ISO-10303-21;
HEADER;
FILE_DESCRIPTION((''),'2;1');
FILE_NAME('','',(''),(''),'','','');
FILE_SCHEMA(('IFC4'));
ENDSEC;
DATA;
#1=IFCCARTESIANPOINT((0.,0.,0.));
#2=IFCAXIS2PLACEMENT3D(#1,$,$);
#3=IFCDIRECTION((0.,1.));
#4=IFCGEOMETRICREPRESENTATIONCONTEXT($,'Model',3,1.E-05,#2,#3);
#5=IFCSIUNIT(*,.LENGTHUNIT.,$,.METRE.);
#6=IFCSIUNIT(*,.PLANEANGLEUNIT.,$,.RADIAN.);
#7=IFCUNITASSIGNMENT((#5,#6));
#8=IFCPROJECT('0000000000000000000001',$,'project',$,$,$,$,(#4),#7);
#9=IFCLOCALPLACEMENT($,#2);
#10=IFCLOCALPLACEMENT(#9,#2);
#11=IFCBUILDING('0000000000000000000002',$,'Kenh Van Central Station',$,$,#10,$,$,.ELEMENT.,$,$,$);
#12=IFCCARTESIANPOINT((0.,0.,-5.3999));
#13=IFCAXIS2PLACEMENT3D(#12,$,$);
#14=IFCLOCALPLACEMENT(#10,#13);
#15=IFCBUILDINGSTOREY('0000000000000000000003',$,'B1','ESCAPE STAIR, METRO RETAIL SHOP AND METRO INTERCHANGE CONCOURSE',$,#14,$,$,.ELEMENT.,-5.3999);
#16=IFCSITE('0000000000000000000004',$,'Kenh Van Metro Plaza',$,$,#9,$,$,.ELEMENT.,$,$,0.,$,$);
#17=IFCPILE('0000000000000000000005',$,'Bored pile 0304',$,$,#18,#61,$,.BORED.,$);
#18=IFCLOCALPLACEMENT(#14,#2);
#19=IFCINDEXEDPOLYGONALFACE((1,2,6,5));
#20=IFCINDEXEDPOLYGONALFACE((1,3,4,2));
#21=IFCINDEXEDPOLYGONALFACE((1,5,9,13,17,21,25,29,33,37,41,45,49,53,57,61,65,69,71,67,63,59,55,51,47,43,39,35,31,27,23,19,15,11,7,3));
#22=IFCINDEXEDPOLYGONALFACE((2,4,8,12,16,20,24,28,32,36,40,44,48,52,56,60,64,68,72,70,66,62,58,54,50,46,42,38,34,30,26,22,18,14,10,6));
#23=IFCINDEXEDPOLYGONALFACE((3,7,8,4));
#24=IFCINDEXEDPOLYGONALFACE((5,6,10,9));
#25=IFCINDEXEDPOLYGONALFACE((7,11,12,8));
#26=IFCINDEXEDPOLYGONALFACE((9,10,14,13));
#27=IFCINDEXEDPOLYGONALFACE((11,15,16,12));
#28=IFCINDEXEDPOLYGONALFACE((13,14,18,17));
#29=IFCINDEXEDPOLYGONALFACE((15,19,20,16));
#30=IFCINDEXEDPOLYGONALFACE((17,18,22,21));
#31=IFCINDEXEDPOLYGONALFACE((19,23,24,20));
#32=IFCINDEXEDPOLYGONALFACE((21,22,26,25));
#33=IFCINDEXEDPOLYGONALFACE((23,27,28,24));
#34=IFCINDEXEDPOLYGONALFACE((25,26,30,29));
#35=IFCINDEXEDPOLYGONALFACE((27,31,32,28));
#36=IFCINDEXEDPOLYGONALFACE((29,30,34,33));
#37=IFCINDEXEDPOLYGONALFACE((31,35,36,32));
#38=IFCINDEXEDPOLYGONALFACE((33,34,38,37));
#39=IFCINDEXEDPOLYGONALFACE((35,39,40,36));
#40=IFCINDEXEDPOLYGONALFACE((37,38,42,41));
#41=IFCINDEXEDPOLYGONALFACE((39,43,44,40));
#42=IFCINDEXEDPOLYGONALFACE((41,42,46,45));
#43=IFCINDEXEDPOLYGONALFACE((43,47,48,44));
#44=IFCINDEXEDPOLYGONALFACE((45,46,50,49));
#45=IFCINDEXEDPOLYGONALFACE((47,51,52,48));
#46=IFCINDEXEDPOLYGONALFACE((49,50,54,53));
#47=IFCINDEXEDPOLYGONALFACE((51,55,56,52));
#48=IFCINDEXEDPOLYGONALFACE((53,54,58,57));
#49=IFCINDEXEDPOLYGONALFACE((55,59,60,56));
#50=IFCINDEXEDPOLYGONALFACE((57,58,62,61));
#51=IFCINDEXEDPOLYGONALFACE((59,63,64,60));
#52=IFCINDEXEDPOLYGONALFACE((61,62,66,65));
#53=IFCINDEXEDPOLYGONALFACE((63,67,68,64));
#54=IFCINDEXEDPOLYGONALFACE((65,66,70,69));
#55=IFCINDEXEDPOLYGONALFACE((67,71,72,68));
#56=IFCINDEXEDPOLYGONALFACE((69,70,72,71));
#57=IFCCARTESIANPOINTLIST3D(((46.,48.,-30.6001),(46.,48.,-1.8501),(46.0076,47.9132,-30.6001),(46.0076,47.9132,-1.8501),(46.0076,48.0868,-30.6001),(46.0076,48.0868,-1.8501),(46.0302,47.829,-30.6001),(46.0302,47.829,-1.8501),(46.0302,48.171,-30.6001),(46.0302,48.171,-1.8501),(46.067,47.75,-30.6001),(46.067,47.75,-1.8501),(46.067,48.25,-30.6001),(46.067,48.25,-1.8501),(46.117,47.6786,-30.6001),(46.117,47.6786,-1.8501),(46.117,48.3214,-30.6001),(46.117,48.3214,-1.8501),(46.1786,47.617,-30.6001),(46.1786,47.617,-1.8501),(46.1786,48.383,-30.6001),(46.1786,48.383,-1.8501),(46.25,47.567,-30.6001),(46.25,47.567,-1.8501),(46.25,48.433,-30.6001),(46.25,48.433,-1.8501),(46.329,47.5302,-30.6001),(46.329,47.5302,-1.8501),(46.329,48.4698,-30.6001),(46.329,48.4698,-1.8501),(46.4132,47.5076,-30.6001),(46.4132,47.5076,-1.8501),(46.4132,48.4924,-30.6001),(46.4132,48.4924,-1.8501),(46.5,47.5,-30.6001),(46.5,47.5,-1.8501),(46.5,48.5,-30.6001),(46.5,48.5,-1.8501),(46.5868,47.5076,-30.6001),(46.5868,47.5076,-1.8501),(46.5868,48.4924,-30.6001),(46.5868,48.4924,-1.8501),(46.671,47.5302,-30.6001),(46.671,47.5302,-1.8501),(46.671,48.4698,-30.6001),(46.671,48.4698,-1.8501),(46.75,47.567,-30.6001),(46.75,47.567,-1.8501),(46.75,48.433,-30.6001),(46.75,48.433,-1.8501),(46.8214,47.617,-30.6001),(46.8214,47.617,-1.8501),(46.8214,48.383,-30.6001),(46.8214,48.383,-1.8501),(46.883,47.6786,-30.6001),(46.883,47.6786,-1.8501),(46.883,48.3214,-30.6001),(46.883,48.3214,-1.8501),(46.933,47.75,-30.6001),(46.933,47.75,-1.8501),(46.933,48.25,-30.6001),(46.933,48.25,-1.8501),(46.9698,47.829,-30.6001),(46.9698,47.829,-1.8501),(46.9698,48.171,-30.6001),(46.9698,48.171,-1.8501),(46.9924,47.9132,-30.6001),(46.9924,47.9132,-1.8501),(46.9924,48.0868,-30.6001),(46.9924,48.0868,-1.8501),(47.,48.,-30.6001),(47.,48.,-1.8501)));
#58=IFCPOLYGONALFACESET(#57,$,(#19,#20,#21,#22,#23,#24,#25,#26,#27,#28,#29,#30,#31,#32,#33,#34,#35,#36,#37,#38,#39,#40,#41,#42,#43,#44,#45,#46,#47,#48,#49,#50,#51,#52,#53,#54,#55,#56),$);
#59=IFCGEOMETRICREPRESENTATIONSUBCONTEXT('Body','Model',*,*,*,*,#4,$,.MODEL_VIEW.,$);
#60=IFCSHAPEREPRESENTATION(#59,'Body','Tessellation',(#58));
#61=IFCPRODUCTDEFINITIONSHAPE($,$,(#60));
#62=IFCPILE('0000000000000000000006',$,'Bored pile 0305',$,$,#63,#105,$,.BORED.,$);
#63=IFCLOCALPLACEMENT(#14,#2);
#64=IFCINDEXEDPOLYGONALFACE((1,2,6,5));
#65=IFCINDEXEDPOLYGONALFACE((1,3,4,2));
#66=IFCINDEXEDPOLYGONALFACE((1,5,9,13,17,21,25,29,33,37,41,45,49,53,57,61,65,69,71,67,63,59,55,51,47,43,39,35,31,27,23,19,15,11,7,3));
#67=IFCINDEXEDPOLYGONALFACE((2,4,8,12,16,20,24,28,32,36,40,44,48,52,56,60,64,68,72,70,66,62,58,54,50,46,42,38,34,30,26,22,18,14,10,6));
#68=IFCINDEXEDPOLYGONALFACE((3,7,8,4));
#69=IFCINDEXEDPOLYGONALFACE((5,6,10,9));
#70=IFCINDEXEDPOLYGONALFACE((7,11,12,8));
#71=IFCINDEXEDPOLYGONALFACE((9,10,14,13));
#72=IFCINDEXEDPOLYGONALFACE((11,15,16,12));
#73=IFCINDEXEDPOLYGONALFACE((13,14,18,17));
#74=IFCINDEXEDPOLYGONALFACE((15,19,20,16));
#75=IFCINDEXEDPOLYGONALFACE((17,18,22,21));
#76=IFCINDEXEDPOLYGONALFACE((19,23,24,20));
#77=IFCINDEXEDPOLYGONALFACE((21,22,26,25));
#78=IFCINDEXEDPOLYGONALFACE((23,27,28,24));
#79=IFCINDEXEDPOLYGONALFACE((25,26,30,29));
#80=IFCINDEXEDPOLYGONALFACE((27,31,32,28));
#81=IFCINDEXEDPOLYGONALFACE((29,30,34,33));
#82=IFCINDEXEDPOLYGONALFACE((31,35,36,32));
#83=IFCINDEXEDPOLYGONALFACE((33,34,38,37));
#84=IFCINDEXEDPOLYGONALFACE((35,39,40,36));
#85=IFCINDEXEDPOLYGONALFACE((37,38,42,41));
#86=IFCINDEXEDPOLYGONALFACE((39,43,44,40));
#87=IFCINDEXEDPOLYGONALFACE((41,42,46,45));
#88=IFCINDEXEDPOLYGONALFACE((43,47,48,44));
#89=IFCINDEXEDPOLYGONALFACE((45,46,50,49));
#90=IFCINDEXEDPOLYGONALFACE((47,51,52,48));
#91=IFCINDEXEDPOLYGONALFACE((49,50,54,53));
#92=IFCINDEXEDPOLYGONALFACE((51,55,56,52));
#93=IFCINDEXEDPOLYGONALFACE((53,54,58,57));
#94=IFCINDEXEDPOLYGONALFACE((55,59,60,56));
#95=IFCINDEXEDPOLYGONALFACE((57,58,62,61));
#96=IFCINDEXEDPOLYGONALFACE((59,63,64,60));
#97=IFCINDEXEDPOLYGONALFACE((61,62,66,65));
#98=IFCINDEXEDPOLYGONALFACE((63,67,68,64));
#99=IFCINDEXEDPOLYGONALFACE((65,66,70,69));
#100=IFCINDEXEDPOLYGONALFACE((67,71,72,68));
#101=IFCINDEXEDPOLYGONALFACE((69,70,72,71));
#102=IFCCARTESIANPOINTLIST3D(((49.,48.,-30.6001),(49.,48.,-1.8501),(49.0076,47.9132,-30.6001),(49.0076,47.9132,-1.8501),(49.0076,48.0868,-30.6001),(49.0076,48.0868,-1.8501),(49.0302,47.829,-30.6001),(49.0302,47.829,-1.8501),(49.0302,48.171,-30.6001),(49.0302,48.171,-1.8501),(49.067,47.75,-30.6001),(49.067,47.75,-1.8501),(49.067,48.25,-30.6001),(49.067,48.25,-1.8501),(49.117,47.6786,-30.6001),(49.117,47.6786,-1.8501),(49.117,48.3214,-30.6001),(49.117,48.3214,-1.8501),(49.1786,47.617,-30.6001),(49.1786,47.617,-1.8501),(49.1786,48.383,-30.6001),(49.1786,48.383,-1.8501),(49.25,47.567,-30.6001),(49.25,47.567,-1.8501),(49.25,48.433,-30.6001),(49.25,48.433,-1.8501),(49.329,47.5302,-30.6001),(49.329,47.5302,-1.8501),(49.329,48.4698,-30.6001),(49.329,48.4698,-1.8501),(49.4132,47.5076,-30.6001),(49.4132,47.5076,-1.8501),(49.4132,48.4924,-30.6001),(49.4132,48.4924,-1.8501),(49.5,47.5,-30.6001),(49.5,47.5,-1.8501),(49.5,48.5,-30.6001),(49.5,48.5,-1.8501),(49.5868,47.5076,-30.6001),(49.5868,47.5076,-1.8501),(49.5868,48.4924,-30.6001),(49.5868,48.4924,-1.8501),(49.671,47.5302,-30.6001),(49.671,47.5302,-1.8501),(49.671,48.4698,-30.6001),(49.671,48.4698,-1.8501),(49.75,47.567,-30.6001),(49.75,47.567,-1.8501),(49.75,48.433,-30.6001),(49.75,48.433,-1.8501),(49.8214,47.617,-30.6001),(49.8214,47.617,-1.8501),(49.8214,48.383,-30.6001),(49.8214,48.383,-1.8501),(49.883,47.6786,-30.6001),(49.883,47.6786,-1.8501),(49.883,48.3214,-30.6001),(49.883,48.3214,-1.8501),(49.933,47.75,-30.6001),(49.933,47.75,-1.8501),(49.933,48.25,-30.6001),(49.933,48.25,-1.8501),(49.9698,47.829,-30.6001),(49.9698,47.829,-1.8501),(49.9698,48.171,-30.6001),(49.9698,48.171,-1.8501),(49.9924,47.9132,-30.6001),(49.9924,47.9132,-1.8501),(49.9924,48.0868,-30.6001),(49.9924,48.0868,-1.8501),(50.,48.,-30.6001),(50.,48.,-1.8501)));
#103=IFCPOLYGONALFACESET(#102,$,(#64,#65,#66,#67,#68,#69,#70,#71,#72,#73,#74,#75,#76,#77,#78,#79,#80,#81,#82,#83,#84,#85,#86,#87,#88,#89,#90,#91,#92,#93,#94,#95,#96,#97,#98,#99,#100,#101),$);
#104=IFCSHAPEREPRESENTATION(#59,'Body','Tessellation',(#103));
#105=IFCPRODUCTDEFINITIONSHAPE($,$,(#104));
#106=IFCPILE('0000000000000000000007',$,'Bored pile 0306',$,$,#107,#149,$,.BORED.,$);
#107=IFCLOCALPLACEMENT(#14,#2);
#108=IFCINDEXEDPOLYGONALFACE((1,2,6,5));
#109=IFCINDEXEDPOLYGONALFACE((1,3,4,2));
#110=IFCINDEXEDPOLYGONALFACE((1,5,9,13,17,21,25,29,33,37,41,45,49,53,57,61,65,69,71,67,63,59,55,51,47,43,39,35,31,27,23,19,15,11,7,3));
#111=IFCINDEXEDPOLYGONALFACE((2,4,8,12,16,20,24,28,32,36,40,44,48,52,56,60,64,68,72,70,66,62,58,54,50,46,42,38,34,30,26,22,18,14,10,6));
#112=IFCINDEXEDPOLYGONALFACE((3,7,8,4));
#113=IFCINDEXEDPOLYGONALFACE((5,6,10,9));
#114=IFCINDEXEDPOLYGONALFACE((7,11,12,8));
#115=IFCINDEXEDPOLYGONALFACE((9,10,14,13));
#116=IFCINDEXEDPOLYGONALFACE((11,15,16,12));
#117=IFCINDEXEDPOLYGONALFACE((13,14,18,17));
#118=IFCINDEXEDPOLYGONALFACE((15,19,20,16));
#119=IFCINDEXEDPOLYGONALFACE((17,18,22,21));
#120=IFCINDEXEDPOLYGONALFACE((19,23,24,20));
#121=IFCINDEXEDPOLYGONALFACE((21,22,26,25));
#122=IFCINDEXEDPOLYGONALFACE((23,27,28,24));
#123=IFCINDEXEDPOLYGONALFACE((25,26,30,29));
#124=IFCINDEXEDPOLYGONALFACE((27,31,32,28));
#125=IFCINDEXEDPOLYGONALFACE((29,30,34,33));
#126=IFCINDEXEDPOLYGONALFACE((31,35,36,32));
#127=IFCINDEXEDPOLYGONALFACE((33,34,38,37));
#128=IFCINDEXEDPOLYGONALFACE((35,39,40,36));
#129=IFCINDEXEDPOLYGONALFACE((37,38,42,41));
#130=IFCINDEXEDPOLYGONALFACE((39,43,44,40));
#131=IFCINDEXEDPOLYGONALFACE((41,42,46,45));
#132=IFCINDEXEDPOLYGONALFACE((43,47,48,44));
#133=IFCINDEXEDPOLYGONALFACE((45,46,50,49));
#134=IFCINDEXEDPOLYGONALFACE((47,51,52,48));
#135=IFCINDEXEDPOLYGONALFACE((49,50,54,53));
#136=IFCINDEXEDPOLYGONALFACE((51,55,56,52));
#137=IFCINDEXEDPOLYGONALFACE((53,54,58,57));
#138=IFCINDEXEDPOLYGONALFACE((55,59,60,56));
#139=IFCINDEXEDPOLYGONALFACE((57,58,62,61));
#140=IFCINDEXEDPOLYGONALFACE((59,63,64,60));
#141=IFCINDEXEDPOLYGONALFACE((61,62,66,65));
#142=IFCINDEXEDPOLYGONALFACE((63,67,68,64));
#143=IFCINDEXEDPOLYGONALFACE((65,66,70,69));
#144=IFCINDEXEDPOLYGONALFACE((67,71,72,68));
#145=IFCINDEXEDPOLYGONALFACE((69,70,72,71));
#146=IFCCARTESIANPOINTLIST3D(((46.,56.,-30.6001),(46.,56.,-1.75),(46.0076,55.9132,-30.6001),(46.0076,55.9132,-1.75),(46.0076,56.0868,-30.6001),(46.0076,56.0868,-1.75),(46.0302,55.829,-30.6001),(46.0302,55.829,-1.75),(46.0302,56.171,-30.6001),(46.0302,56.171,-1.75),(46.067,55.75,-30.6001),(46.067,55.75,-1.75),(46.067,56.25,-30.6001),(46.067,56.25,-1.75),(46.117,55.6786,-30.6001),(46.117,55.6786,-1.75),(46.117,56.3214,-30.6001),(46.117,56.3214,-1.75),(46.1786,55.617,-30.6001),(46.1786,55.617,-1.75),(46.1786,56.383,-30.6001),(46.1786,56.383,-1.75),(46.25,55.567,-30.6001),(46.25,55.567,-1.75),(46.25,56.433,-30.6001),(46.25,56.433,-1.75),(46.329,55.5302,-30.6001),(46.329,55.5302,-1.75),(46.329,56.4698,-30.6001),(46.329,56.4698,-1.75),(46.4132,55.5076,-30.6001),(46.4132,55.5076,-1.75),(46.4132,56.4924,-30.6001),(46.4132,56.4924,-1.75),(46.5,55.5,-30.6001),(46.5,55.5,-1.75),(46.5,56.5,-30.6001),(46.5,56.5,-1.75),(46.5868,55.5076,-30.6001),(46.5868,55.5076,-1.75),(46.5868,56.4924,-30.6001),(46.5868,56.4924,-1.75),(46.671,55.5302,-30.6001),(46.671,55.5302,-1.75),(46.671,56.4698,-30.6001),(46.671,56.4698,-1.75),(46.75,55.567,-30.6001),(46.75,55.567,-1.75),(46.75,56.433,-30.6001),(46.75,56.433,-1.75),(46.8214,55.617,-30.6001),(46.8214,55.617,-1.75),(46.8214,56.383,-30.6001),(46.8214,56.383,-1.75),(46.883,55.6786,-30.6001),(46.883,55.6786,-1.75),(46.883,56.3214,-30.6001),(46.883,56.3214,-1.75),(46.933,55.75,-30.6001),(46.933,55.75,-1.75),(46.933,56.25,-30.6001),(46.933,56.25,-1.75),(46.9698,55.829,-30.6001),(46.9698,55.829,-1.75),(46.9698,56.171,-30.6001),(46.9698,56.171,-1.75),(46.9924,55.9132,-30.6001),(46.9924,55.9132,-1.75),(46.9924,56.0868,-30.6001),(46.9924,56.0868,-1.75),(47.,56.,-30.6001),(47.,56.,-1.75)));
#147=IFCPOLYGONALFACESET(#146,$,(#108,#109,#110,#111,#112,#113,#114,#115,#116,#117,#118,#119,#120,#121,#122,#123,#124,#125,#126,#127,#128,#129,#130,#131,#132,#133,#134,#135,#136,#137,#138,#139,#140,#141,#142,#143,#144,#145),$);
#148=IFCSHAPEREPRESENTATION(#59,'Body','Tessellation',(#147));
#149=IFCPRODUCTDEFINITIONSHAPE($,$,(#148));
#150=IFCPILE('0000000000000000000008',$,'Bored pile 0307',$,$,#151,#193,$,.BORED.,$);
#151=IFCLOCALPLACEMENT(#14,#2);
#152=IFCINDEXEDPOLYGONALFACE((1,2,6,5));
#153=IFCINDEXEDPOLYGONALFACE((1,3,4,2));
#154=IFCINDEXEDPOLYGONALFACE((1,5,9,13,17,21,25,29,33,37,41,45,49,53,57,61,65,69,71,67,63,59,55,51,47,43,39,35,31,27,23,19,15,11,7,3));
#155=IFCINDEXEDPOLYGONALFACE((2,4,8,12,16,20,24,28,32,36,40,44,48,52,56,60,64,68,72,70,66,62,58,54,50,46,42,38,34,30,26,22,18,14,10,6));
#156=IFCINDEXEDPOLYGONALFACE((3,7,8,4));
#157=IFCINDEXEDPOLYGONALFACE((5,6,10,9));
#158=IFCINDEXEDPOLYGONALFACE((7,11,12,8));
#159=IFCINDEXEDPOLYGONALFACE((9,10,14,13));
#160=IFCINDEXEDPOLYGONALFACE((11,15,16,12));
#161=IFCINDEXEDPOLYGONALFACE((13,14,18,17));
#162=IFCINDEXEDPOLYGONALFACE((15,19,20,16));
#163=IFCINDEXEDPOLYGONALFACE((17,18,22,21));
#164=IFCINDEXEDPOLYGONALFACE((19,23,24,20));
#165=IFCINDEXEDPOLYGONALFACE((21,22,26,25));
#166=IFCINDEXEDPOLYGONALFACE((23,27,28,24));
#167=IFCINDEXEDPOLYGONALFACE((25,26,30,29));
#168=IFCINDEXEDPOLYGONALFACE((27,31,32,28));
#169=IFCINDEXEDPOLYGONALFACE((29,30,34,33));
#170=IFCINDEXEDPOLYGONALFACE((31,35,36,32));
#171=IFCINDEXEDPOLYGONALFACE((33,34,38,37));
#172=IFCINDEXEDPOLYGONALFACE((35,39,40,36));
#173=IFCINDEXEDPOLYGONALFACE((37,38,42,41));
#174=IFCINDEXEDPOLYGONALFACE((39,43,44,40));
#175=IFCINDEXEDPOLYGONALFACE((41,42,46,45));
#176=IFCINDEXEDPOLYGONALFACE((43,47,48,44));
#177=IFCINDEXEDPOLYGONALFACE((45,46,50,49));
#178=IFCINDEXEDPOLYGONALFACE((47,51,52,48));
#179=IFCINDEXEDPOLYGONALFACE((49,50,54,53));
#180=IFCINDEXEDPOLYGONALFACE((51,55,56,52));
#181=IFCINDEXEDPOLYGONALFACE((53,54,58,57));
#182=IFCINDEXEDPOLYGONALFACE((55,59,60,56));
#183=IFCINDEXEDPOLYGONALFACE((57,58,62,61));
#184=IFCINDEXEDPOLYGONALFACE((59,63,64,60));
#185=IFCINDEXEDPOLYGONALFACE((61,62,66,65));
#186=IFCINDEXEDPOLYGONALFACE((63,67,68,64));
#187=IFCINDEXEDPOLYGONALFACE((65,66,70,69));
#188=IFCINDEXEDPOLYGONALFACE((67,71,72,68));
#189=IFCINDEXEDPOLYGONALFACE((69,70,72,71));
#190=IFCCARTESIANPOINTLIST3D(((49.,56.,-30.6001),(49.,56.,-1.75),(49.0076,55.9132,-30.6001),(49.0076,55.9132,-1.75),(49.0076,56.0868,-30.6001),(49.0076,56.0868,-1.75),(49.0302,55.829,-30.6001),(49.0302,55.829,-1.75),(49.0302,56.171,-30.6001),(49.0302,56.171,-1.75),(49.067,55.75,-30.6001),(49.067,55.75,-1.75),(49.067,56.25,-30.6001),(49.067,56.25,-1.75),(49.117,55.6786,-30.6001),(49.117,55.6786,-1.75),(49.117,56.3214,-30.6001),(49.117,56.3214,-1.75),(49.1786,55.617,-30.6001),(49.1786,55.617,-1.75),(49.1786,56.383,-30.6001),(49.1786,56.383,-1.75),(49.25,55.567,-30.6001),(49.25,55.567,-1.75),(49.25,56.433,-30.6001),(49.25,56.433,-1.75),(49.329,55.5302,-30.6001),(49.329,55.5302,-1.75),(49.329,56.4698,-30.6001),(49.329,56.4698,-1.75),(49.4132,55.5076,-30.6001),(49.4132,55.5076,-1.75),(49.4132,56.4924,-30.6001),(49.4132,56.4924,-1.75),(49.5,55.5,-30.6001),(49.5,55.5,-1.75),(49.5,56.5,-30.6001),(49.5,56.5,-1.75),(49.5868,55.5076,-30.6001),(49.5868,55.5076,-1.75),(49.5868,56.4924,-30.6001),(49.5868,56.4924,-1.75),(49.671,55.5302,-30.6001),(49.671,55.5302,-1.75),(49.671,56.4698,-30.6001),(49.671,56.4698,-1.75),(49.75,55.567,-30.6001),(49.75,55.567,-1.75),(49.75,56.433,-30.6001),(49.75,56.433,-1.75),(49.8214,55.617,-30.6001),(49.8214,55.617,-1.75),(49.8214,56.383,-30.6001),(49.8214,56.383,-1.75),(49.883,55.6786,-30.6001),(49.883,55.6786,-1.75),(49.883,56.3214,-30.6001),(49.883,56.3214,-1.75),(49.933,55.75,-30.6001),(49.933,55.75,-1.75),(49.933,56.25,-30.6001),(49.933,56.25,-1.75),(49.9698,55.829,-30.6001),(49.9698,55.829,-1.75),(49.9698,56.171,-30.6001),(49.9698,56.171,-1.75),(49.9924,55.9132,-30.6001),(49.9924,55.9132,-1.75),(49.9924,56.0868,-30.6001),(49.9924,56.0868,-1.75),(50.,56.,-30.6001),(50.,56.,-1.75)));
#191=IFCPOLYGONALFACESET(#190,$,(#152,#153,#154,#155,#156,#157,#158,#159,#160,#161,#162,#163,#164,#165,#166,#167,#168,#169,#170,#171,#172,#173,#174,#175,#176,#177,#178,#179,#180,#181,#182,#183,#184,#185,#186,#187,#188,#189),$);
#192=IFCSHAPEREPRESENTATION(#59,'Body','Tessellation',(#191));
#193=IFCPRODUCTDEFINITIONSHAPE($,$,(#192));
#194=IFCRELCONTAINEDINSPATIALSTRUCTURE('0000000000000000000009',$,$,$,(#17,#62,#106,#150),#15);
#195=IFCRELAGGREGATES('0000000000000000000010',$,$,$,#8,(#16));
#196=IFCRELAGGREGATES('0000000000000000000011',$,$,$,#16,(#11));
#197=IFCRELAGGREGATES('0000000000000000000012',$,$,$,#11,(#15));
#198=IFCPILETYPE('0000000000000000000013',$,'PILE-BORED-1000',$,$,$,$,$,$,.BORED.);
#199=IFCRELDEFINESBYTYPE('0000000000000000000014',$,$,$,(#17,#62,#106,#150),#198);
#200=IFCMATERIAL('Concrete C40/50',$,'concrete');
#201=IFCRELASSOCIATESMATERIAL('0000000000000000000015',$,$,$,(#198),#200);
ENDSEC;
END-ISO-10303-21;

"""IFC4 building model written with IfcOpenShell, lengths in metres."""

from ifc_helpers import new_model, si_unit, direction, frame, origin, origin_2d, place, context, subcontext, project, spatial, circle, extrude, material, material_profile, profile_set, type_object, element, save


model = new_model("IFC4")

# Units and contexts
model_context = context("Model", 3, precision=1e-05, world=origin(), true_north=direction((0.0, 1.0)))
body_context = subcontext(model_context, "Body", "Model", "MODEL_VIEW")
ifc_project = project(units=[si_unit("LENGTHUNIT", "METRE"), si_unit("PLANEANGLEUNIT", "RADIAN")], contexts=[model_context])

# Site, building, storey
site_placement = place(None, origin())
site = spatial("IfcSite", under=ifc_project, at=site_placement, Name="Kenh Van Metro Plaza", CompositionType="ELEMENT", RefElevation=0.0)
building_placement = place(site_placement, origin())
building = spatial("IfcBuilding", under=site, at=building_placement, Name="Kenh Van Central Station", CompositionType="ELEMENT")
storey_placement = place(building_placement, frame((0.0, 0.0, -5.3999)))
storey = spatial("IfcBuildingStorey", under=building, at=storey_placement, Name="B1", Description="ESCAPE STAIR, METRO RETAIL SHOP AND METRO INTERCHANGE CONCOURSE", CompositionType="ELEMENT", Elevation=-5.3999)

# Shared definitions
ifc_material_1 = material(Name="Concrete C40/50", Category="concrete")

# Piles
ifc_material_profile_1 = material_profile(ifc_material_1, circle(Radius=0.5, at=origin_2d()), Name="PILE D1000")
ifc_profile_set_1 = profile_set([ifc_material_profile_1], Name="Concrete C40/50")
pile_type = type_object("IfcPileType", Name="PILE-BORED-1000", PredefinedType="BORED", material=ifc_profile_set_1)
for number, where, z_axis, x_axis, name in (
    (1, (46.5, 48.0, -1.8501), (0.0, 0.0, -1.0), (1.0, 0.0, 0.0), "Bored pile 0304"),
    (2, (49.5, 48.0, -1.8501), (0.0, 0.0, -1.0), (1.0, 0.0, 0.0), "Bored pile 0305"),
):
    element("IfcPile", number, at=place(storey_placement, frame(where, z_axis=z_axis, x_axis=x_axis)), inside=storey, type_object=pile_type, Name=name, PredefinedType="BORED", context=body_context, shape_type="SweptSolid", body=[
        extrude(circle(Radius=0.5, at=origin_2d()), origin(), (0.0, 0.0, 1.0), 28.75),
    ])
for number, where, z_axis, x_axis, name in (
    (3, (46.5, 56.0, -1.75), (0.0, 0.0, -1.0), (1.0, 0.0, 0.0), "Bored pile 0306"),
    (4, (49.5, 56.0, -1.75), (0.0, 0.0, -1.0), (1.0, 0.0, 0.0), "Bored pile 0307"),
):
    element("IfcPile", number, at=place(storey_placement, frame(where, z_axis=z_axis, x_axis=x_axis)), inside=storey, type_object=pile_type, Name=name, PredefinedType="BORED", context=body_context, shape_type="SweptSolid", body=[
        extrude(circle(Radius=0.5, at=origin_2d()), origin(), (0.0, 0.0, 1.0), 28.8501),
    ])

save(model, "model.ifc")
